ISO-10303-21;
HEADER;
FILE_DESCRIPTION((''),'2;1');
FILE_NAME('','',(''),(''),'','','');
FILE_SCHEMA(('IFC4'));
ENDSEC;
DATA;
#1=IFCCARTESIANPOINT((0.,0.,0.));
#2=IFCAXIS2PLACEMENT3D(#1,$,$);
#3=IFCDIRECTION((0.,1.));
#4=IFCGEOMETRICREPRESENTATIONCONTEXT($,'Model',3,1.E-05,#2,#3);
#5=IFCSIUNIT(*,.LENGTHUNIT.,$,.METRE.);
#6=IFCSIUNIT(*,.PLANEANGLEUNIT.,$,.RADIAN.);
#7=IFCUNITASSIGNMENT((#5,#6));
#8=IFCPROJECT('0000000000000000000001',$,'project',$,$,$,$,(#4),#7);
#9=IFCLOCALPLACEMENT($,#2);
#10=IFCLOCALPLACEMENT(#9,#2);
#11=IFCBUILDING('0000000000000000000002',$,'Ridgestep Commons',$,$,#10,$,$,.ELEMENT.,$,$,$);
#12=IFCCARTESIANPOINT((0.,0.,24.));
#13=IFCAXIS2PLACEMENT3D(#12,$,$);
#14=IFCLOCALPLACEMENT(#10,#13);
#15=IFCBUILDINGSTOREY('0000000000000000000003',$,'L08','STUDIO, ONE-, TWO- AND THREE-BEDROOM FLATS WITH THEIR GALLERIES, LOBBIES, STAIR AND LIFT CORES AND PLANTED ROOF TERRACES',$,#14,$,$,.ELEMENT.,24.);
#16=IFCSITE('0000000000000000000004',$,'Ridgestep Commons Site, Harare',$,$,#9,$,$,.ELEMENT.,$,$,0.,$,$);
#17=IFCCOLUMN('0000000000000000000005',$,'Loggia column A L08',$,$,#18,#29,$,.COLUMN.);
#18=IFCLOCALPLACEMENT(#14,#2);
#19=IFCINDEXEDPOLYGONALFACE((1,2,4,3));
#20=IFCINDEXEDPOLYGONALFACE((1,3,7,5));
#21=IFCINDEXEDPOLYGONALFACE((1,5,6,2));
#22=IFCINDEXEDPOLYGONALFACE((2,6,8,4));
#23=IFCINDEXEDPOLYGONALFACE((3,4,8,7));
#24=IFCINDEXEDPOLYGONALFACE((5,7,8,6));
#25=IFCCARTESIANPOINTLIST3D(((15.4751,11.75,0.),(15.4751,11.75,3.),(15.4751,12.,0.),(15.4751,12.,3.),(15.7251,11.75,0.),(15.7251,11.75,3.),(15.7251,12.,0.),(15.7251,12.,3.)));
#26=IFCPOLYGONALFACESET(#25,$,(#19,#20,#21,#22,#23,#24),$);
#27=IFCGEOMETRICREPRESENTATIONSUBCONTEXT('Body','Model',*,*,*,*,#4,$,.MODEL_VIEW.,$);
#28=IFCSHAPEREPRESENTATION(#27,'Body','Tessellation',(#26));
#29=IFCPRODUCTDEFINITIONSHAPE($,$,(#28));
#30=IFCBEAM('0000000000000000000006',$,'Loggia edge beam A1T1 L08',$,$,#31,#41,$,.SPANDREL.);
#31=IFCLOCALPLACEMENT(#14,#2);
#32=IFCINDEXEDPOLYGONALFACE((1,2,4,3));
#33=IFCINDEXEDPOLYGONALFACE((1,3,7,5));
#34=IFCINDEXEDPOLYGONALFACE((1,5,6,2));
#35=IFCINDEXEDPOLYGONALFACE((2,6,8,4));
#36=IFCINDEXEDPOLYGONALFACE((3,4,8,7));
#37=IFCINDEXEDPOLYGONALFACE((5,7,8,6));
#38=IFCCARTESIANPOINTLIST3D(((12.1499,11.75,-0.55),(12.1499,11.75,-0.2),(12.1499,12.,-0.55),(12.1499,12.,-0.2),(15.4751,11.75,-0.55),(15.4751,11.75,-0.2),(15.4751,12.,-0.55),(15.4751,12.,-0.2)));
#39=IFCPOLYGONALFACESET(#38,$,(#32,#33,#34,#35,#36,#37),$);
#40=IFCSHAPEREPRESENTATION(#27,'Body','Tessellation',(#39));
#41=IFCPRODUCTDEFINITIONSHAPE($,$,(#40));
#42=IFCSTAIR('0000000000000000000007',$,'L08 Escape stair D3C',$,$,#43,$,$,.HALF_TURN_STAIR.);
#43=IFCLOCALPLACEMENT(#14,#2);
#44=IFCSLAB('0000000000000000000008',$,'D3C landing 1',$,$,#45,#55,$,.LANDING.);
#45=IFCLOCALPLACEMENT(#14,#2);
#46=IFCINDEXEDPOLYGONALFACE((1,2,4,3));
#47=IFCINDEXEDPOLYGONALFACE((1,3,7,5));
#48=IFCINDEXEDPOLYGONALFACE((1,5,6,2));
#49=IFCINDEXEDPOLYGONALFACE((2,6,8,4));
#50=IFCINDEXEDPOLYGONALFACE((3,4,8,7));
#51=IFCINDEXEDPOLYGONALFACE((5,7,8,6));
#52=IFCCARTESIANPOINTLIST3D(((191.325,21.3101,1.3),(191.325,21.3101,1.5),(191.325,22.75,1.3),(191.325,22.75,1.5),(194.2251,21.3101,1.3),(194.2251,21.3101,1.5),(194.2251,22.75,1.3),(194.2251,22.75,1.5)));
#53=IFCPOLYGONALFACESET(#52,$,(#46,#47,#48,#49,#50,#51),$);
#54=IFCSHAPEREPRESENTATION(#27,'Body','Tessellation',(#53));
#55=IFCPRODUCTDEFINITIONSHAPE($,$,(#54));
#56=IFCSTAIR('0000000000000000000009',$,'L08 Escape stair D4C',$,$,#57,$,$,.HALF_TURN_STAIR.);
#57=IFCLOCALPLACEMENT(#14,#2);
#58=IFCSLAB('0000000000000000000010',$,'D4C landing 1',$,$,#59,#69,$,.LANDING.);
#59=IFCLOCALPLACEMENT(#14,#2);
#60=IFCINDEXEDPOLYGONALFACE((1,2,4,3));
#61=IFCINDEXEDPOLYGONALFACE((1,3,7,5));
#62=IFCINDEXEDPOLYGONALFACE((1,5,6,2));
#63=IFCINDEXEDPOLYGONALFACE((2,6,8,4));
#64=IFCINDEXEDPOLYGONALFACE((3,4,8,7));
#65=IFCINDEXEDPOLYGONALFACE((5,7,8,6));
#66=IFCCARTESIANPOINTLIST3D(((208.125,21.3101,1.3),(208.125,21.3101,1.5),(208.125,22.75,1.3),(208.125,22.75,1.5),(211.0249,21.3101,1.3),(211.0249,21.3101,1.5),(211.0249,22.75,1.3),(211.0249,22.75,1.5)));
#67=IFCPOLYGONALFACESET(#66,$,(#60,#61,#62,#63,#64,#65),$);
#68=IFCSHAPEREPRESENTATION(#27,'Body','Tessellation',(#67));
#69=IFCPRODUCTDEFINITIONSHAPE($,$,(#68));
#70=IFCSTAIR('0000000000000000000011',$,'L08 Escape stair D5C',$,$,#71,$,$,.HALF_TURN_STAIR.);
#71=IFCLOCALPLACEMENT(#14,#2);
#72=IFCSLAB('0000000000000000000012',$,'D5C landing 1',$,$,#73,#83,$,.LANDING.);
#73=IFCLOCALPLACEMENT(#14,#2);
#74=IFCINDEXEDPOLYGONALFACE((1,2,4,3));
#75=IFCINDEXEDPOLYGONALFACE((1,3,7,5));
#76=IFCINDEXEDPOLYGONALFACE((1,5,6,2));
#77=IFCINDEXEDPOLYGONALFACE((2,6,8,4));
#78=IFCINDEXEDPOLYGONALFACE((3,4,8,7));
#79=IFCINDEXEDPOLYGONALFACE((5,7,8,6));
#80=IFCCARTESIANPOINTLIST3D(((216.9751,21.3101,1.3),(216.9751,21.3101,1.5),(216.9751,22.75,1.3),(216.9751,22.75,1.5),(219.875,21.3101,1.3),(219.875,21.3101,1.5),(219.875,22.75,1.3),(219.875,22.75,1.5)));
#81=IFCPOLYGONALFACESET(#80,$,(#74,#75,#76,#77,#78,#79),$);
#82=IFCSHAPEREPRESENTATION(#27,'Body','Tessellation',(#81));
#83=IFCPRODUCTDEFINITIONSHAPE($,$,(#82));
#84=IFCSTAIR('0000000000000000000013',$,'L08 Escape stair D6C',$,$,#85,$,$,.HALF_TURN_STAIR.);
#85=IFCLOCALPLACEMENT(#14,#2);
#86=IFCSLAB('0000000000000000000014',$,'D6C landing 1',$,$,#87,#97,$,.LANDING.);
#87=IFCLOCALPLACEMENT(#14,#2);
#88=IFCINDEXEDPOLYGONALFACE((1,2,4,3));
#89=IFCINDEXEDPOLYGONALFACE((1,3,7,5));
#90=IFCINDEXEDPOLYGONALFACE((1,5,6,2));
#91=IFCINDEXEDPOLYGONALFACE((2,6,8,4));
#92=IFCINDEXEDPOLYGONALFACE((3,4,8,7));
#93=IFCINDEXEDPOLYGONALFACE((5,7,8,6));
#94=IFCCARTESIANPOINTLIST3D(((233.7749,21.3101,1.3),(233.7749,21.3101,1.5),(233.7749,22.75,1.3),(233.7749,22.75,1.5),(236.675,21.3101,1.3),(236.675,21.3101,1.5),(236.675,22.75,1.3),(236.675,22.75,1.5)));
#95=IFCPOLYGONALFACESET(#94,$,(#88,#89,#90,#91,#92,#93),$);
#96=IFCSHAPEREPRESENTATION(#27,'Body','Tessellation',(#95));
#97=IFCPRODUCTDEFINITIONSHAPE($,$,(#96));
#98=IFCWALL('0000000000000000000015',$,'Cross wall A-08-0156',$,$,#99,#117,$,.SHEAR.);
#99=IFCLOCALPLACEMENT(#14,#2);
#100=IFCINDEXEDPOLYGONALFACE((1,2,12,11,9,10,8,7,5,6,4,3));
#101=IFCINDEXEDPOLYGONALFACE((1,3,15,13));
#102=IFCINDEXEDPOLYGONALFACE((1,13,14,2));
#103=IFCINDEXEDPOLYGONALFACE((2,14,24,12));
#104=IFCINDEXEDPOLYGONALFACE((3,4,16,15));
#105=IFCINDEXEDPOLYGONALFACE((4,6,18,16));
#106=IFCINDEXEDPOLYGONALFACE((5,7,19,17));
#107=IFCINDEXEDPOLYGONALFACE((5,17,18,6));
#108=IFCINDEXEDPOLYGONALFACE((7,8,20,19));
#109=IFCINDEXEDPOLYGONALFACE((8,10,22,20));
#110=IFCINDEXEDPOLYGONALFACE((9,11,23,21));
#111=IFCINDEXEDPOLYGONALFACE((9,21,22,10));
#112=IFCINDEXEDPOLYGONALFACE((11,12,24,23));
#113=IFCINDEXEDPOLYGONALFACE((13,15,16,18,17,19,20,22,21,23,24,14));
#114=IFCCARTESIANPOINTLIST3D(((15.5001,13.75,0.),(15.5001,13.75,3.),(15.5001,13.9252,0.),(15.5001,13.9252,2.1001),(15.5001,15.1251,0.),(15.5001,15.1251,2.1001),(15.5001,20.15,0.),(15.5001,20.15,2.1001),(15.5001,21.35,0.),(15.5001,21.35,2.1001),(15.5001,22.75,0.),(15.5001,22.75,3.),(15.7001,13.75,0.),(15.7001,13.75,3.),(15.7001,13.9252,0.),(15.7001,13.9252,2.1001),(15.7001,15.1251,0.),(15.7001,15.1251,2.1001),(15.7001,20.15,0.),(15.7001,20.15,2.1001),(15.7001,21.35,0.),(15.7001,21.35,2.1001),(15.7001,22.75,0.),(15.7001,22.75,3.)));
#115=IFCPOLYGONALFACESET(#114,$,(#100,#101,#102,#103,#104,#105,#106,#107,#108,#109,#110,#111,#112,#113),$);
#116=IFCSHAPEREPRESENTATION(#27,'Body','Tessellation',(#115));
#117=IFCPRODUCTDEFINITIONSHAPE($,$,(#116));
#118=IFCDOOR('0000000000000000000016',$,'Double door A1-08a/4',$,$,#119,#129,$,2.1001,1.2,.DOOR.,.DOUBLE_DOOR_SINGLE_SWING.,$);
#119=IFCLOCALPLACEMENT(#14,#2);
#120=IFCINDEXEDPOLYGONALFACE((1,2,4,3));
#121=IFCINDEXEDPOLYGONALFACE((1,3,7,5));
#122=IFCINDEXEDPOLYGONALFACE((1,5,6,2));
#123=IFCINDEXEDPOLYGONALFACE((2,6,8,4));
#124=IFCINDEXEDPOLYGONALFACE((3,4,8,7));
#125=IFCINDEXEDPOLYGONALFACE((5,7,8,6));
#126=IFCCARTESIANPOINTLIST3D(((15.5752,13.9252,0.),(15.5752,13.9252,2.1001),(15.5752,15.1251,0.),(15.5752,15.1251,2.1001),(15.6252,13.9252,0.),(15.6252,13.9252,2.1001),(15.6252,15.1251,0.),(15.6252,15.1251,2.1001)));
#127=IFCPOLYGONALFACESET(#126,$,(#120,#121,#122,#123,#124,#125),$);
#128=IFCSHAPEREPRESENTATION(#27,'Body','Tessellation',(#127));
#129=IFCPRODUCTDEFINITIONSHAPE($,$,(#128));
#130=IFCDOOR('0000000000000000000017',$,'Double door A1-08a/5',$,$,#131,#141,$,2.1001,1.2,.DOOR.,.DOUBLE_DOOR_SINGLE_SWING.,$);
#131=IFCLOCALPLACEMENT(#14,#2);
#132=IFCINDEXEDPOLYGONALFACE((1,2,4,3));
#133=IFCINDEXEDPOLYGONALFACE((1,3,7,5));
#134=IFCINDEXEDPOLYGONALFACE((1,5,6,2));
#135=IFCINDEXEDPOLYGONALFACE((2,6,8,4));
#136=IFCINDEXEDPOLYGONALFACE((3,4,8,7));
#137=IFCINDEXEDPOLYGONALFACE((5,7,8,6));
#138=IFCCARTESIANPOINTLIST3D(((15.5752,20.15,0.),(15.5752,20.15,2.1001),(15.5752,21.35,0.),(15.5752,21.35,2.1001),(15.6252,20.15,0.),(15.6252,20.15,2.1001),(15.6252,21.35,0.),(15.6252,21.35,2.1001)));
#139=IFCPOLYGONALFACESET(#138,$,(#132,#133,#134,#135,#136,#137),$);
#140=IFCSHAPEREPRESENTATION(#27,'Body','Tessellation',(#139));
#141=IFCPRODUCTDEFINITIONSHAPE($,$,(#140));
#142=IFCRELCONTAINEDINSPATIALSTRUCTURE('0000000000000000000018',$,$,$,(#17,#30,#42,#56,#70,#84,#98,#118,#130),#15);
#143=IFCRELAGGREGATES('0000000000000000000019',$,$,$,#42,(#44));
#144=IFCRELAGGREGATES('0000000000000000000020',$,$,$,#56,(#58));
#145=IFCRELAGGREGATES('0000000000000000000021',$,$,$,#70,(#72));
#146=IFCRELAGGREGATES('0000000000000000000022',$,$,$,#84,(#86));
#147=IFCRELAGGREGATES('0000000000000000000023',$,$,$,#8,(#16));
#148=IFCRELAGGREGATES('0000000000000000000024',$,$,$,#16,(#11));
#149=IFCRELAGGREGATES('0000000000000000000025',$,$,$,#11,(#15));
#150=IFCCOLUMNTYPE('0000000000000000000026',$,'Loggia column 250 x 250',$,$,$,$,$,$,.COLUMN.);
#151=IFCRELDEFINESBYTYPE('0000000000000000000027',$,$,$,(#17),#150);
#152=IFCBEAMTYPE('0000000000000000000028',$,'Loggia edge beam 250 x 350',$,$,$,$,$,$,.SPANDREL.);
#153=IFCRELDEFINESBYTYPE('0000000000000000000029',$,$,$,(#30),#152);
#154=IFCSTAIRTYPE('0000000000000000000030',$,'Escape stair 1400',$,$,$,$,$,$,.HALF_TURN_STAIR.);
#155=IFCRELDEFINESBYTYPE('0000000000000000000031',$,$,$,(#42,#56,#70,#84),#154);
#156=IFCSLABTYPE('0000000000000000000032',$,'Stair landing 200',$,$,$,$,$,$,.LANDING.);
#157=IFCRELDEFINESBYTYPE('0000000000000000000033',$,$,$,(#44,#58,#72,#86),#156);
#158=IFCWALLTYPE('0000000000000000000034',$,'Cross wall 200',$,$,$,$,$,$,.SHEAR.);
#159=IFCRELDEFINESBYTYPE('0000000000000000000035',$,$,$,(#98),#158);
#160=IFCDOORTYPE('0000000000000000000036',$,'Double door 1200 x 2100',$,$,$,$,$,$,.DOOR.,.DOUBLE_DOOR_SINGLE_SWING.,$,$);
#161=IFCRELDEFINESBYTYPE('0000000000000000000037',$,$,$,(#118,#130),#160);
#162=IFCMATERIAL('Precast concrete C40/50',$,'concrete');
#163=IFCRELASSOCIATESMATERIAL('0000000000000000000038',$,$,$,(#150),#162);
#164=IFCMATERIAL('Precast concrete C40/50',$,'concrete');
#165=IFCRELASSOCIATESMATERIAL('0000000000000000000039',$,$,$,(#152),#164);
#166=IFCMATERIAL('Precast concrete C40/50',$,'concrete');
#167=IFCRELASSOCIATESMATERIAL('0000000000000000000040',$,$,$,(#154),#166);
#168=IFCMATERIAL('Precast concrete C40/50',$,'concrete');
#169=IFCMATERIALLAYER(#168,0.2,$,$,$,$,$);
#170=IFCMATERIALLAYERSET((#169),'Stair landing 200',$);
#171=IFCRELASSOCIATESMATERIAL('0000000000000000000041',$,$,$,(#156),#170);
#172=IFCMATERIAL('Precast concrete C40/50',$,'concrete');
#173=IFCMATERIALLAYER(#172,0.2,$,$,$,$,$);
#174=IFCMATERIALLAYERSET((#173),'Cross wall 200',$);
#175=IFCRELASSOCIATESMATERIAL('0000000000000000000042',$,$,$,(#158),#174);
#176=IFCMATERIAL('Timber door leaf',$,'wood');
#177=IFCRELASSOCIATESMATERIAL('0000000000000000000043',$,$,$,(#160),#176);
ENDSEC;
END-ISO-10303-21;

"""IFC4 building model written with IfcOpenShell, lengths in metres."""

from ifc_helpers import new_model, si_unit, direction, frame, frame_2d, origin, origin_2d, place, context, subcontext, project, spatial, polyline, rectangle, outline, extrude, material, layer, layer_set, material_profile, profile_set, type_object, element, fill, aggregate, save


model = new_model("IFC4")

# Units and contexts
model_context = context("Model", 3, precision=1e-05, world=origin(), true_north=direction((0.0, 1.0)))
body_context = subcontext(model_context, "Body", "Model", "MODEL_VIEW")
ifc_project = project(units=[si_unit("LENGTHUNIT", "METRE"), si_unit("PLANEANGLEUNIT", "RADIAN")], contexts=[model_context])

# Site, building, storey
site_placement = place(None, origin())
site = spatial("IfcSite", under=ifc_project, at=site_placement, Name="Ridgestep Commons Site, Harare", CompositionType="ELEMENT", RefElevation=0.0)
building_placement = place(site_placement, origin())
building = spatial("IfcBuilding", under=site, at=building_placement, Name="Ridgestep Commons", CompositionType="ELEMENT")
storey_placement = place(building_placement, frame((0.0, 0.0, 24.0)))
storey = spatial("IfcBuildingStorey", under=building, at=storey_placement, Name="L08", Description="STUDIO, ONE-, TWO- AND THREE-BEDROOM FLATS WITH THEIR GALLERIES, LOBBIES, STAIR AND LIFT CORES AND PLANTED ROOF TERRACES", CompositionType="ELEMENT", Elevation=24.0)

# Column
ifc_material_1 = material(Name="Precast concrete C40/50", Category="concrete")
ifc_material_profile_1 = material_profile(ifc_material_1, rectangle(XDim=0.25, YDim=0.25, at=origin_2d()), Name="PC 250x250")
ifc_profile_set_1 = profile_set([ifc_material_profile_1], Name="Precast concrete C40/50")
column_type = type_object("IfcColumnType", Name="Loggia column 250 x 250", PredefinedType="COLUMN", material=ifc_profile_set_1)
column_placement = place(storey_placement, frame((15.6001, 11.875, 0.0), z_axis=(0.0, 0.0, 1.0), x_axis=(1.0, 0.0, 0.0)))
element("IfcColumn", 1, at=column_placement, inside=storey, type_object=column_type, Name="Loggia column A L08", PredefinedType="COLUMN", context=body_context, shape_type="SweptSolid", body=[
    extrude(rectangle(XDim=0.25, YDim=0.25, at=origin_2d()), origin(), (0.0, 0.0, 1.0), 3.0),
])

# Beam
ifc_material_2 = material(Name="Precast concrete C40/50", Category="concrete")
ifc_material_profile_2 = material_profile(ifc_material_2, rectangle(XDim=0.25, YDim=0.3501, at=origin_2d()), Name="PC 250x350")
ifc_profile_set_2 = profile_set([ifc_material_profile_2], Name="Precast concrete C40/50")
beam_type = type_object("IfcBeamType", Name="Loggia edge beam 250 x 350", PredefinedType="SPANDREL", material=ifc_profile_set_2)
beam_placement = place(storey_placement, frame((12.1499, 11.875, -0.375), z_axis=(1.0, 0.0, 0.0), x_axis=(0.0, 1.0, 0.0)))
element("IfcBeam", 2, at=beam_placement, inside=storey, type_object=beam_type, Name="Loggia edge beam A1T1 L08", PredefinedType="SPANDREL", context=body_context, shape_type="SweptSolid", body=[
    extrude(rectangle(XDim=0.25, YDim=0.3501, at=origin_2d()), origin(), (0.0, 0.0, 1.0), 3.3252),
])

# Stairs, slabs
ifc_material_3 = material(Name="Precast concrete C40/50", Category="concrete")
stair_type = type_object("IfcStairType", Name="Escape stair 1400", PredefinedType="HALF_TURN_STAIR", material=ifc_material_3)
stair_1_placement = place(storey_placement, origin())
stair_1 = element("IfcStair", 3, at=stair_1_placement, inside=storey, type_object=stair_type, Name="L08 Escape stair D3C", PredefinedType="HALF_TURN_STAIR")
ifc_material_4 = material(Name="Precast concrete C40/50", Category="concrete")
ifc_layer_1 = layer(ifc_material_4, 0.2)
ifc_layer_set_1 = layer_set([ifc_layer_1], Name="Stair landing 200")
slab_type = type_object("IfcSlabType", Name="Stair landing 200", PredefinedType="LANDING", material=ifc_layer_set_1)
slab_1_placement = place(storey_placement, frame((0.0, 0.0, 1.3)))
slab_1 = element("IfcSlab", 4, at=slab_1_placement, type_object=slab_type, Name="D3C landing 1", PredefinedType="LANDING", context=body_context, shape_type="SweptSolid", body=[
    extrude(outline(polyline([(194.2251, 21.3101), (194.2251, 22.75), (191.325, 22.75), (191.325, 21.3101), (194.2251, 21.3101)])), origin(), (0.0, 0.0, 1.0), 0.2),
])
aggregate(stair_1, [slab_1])
stair_2_placement = place(storey_placement, origin())
stair_2 = element("IfcStair", 5, at=stair_2_placement, inside=storey, type_object=stair_type, Name="L08 Escape stair D4C", PredefinedType="HALF_TURN_STAIR")
slab_2_placement = place(storey_placement, frame((0.0, 0.0, 1.3)))
slab_2 = element("IfcSlab", 6, at=slab_2_placement, type_object=slab_type, Name="D4C landing 1", PredefinedType="LANDING", context=body_context, shape_type="SweptSolid", body=[
    extrude(outline(polyline([(211.0249, 21.3101), (211.0249, 22.75), (208.125, 22.75), (208.125, 21.3101), (211.0249, 21.3101)])), origin(), (0.0, 0.0, 1.0), 0.2),
])
aggregate(stair_2, [slab_2])
stair_3_placement = place(storey_placement, origin())
stair_3 = element("IfcStair", 7, at=stair_3_placement, inside=storey, type_object=stair_type, Name="L08 Escape stair D5C", PredefinedType="HALF_TURN_STAIR")
slab_3_placement = place(storey_placement, frame((0.0, 0.0, 1.3)))
slab_3 = element("IfcSlab", 8, at=slab_3_placement, type_object=slab_type, Name="D5C landing 1", PredefinedType="LANDING", context=body_context, shape_type="SweptSolid", body=[
    extrude(outline(polyline([(219.875, 21.3101), (219.875, 22.75), (216.9751, 22.75), (216.9751, 21.3101), (219.875, 21.3101)])), origin(), (0.0, 0.0, 1.0), 0.2),
])
aggregate(stair_3, [slab_3])
stair_4_placement = place(storey_placement, origin())
stair_4 = element("IfcStair", 9, at=stair_4_placement, inside=storey, type_object=stair_type, Name="L08 Escape stair D6C", PredefinedType="HALF_TURN_STAIR")
slab_4_placement = place(storey_placement, frame((0.0, 0.0, 1.3)))
slab_4 = element("IfcSlab", 10, at=slab_4_placement, type_object=slab_type, Name="D6C landing 1", PredefinedType="LANDING", context=body_context, shape_type="SweptSolid", body=[
    extrude(outline(polyline([(236.675, 21.3101), (236.675, 22.75), (233.7749, 22.75), (233.7749, 21.3101), (236.675, 21.3101)])), origin(), (0.0, 0.0, 1.0), 0.2),
])
aggregate(stair_4, [slab_4])

# Wall, openings, doors
ifc_material_5 = material(Name="Precast concrete C40/50", Category="concrete")
ifc_layer_2 = layer(ifc_material_5, 0.2)
ifc_layer_set_2 = layer_set([ifc_layer_2], Name="Cross wall 200")
wall_type_1 = type_object("IfcWallType", Name="Cross wall 200", PredefinedType="SHEAR", material=ifc_layer_set_2)
wall_1_placement = place(storey_placement, frame((15.6001, 13.75, 0.0), z_axis=(0.0, 0.0, 1.0), x_axis=(0.0, 1.0, 0.0)))
wall_1 = element("IfcWall", 11, at=wall_1_placement, inside=storey, type_object=wall_type_1, Name="Cross wall A-08-0156", PredefinedType="SHEAR", context=body_context, shape_type="SweptSolid", body=[
    extrude(rectangle(XDim=9.0, YDim=0.2, at=frame_2d((4.5, 0.0))), origin(), (0.0, 0.0, 1.0), 3.0),
])
opening_1_placement = place(wall_1_placement, frame((0.175, 0.0, 0.0)))
opening_1 = element("IfcOpeningElement", 12, at=opening_1_placement, cuts=wall_1, PredefinedType="OPENING", context=body_context, shape_type="SweptSolid", body=[
    extrude(rectangle(XDim=1.2, YDim=2.1001, at=frame_2d((0.6001, 1.05))), frame((0.0, 0.1099, 0.0), z_axis=(0.0, -1.0, 0.0), x_axis=(1.0, 0.0, 0.0)), (0.0, 0.0, 1.0), 0.22),
])
opening_2_placement = place(wall_1_placement, frame((6.3999, 0.0, 0.0)))
opening_2 = element("IfcOpeningElement", 13, at=opening_2_placement, cuts=wall_1, PredefinedType="OPENING", context=body_context, shape_type="SweptSolid", body=[
    extrude(rectangle(XDim=1.2, YDim=2.1001, at=frame_2d((0.6001, 1.05))), frame((0.0, 0.1099, 0.0), z_axis=(0.0, -1.0, 0.0), x_axis=(1.0, 0.0, 0.0)), (0.0, 0.0, 1.0), 0.22),
])
ifc_material_6 = material(Name="Timber door leaf", Category="wood")
door_type_1 = type_object("IfcDoorType", Name="Double door 1200 x 2100", OperationType="DOUBLE_DOOR_SINGLE_SWING", PredefinedType="DOOR", material=ifc_material_6)
door_1_placement = place(opening_1_placement, origin())
door_1 = element("IfcDoor", 14, at=door_1_placement, inside=storey, type_object=door_type_1, Name="Double door A1-08a/4", OperationType="DOUBLE_DOOR_SINGLE_SWING", OverallHeight=2.1001, OverallWidth=1.2, PredefinedType="DOOR", context=body_context, shape_type="SweptSolid", body=[
    extrude(rectangle(XDim=1.2, YDim=2.1001, at=frame_2d((0.6001, 1.05))), frame((0.0, 0.0249, 0.0), z_axis=(0.0, -1.0, 0.0), x_axis=(1.0, 0.0, 0.0)), (0.0, 0.0, 1.0), 0.05),
])
fill(opening_1, door_1)
door_2_placement = place(opening_2_placement, origin())
door_2 = element("IfcDoor", 15, at=door_2_placement, inside=storey, type_object=door_type_1, Name="Double door A1-08a/5", OperationType="DOUBLE_DOOR_SINGLE_SWING", OverallHeight=2.1001, OverallWidth=1.2, PredefinedType="DOOR", context=body_context, shape_type="SweptSolid", body=[
    extrude(rectangle(XDim=1.2, YDim=2.1001, at=frame_2d((0.6001, 1.05))), frame((0.0, 0.0249, 0.0), z_axis=(0.0, -1.0, 0.0), x_axis=(1.0, 0.0, 0.0)), (0.0, 0.0, 1.0), 0.05),
])
fill(opening_2, door_2)

save(model, "model.ifc")
